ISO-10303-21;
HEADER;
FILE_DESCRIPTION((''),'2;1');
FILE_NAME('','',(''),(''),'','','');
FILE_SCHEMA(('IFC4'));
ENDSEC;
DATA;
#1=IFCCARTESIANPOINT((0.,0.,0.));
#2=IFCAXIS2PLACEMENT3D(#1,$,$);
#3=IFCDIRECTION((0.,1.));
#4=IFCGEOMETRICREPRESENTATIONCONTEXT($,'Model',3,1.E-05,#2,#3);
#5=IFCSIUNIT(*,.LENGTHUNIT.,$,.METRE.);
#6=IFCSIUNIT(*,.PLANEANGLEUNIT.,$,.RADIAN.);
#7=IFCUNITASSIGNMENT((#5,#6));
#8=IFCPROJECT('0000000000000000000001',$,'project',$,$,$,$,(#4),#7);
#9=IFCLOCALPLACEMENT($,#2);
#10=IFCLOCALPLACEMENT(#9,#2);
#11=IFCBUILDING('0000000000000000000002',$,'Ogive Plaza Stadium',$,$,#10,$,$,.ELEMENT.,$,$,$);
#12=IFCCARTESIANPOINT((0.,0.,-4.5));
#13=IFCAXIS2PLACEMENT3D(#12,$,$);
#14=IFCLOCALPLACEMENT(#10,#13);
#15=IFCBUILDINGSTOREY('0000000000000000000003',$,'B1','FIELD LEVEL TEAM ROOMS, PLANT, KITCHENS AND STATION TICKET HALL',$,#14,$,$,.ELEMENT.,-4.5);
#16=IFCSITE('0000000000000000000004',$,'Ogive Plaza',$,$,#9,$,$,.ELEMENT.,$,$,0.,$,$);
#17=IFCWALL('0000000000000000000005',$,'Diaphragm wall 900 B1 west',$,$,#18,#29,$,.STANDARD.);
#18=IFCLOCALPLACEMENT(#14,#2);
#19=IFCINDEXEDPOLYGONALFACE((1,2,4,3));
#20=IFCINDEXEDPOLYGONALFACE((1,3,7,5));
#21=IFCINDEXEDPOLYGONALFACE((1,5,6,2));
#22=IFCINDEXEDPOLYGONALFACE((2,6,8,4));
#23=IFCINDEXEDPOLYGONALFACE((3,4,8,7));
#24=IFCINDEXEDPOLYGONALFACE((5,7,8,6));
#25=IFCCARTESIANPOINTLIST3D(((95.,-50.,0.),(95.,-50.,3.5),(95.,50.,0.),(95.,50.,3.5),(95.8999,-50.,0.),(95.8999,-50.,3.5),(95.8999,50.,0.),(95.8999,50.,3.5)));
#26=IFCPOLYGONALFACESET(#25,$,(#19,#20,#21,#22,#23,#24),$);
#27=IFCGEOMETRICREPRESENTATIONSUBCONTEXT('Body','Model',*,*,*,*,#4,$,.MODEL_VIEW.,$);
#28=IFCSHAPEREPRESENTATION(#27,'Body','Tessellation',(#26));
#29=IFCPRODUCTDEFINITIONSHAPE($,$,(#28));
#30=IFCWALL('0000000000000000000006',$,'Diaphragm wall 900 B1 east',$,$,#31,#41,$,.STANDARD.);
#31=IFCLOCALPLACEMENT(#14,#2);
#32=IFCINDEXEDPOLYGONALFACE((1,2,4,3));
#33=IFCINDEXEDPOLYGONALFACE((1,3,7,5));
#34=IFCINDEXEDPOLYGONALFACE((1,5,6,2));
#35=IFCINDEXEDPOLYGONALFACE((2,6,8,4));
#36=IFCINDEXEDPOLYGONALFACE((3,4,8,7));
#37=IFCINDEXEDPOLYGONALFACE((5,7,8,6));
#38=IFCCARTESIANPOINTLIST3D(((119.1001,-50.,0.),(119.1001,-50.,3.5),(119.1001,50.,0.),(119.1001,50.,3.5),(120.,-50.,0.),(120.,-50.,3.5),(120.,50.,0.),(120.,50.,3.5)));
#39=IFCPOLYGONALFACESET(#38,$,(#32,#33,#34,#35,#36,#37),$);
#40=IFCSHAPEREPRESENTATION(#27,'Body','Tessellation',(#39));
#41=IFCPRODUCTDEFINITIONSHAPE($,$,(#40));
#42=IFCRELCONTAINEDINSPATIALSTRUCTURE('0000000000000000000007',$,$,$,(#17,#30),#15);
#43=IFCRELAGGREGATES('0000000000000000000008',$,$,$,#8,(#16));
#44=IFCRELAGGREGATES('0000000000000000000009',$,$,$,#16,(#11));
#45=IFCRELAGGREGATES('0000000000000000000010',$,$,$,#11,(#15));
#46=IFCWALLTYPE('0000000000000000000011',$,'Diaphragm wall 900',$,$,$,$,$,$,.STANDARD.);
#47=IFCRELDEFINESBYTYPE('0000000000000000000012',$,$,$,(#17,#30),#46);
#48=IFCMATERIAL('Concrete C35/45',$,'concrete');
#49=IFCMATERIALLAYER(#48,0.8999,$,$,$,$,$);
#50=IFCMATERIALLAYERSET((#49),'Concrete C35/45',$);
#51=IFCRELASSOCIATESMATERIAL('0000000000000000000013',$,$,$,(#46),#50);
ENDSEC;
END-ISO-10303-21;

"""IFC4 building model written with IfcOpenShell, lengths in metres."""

from ifc_helpers import new_model, si_unit, direction, frame, frame_2d, origin, place, context, subcontext, project, spatial, rectangle, extrude, material, layer, layer_set, type_object, element, save


model = new_model("IFC4")

# Units and contexts
model_context = context("Model", 3, precision=1e-05, world=origin(), true_north=direction((0.0, 1.0)))
body_context = subcontext(model_context, "Body", "Model", "MODEL_VIEW")
ifc_project = project(units=[si_unit("LENGTHUNIT", "METRE"), si_unit("PLANEANGLEUNIT", "RADIAN")], contexts=[model_context])

# Site, building, storey
site_placement = place(None, origin())
site = spatial("IfcSite", under=ifc_project, at=site_placement, Name="Ogive Plaza", CompositionType="ELEMENT", RefElevation=0.0)
building_placement = place(site_placement, origin())
building = spatial("IfcBuilding", under=site, at=building_placement, Name="Ogive Plaza Stadium", CompositionType="ELEMENT")
storey_placement = place(building_placement, frame((0.0, 0.0, -4.5)))
storey = spatial("IfcBuildingStorey", under=building, at=storey_placement, Name="B1", Description="FIELD LEVEL TEAM ROOMS, PLANT, KITCHENS AND STATION TICKET HALL", CompositionType="ELEMENT", Elevation=-4.5)

# Walls
ifc_material_1 = material(Name="Concrete C35/45", Category="concrete")
ifc_layer_1 = layer(ifc_material_1, 0.8999)
ifc_layer_set_1 = layer_set([ifc_layer_1], Name="Concrete C35/45")
wall_type_1 = type_object("IfcWallType", Name="Diaphragm wall 900", PredefinedType="STANDARD", material=ifc_layer_set_1)
for number, where, z_axis, x_axis, name in (
    (1, (95.45, -50.0, 0.0), (0.0, 0.0, 1.0), (0.0, 1.0, 0.0), "Diaphragm wall 900 B1 west"),
    (2, (119.55, -50.0, 0.0), (0.0, 0.0, 1.0), (0.0, 1.0, 0.0), "Diaphragm wall 900 B1 east"),
):
    element("IfcWall", number, at=place(storey_placement, frame(where, z_axis=z_axis, x_axis=x_axis)), inside=storey, type_object=wall_type_1, Name=name, PredefinedType="STANDARD", context=body_context, shape_type="SweptSolid", body=[
        extrude(rectangle(XDim=100.0, YDim=0.8999, at=frame_2d((50.0, 0.0))), origin(), (0.0, 0.0, 1.0), 3.5),
    ])

save(model, "model.ifc")
